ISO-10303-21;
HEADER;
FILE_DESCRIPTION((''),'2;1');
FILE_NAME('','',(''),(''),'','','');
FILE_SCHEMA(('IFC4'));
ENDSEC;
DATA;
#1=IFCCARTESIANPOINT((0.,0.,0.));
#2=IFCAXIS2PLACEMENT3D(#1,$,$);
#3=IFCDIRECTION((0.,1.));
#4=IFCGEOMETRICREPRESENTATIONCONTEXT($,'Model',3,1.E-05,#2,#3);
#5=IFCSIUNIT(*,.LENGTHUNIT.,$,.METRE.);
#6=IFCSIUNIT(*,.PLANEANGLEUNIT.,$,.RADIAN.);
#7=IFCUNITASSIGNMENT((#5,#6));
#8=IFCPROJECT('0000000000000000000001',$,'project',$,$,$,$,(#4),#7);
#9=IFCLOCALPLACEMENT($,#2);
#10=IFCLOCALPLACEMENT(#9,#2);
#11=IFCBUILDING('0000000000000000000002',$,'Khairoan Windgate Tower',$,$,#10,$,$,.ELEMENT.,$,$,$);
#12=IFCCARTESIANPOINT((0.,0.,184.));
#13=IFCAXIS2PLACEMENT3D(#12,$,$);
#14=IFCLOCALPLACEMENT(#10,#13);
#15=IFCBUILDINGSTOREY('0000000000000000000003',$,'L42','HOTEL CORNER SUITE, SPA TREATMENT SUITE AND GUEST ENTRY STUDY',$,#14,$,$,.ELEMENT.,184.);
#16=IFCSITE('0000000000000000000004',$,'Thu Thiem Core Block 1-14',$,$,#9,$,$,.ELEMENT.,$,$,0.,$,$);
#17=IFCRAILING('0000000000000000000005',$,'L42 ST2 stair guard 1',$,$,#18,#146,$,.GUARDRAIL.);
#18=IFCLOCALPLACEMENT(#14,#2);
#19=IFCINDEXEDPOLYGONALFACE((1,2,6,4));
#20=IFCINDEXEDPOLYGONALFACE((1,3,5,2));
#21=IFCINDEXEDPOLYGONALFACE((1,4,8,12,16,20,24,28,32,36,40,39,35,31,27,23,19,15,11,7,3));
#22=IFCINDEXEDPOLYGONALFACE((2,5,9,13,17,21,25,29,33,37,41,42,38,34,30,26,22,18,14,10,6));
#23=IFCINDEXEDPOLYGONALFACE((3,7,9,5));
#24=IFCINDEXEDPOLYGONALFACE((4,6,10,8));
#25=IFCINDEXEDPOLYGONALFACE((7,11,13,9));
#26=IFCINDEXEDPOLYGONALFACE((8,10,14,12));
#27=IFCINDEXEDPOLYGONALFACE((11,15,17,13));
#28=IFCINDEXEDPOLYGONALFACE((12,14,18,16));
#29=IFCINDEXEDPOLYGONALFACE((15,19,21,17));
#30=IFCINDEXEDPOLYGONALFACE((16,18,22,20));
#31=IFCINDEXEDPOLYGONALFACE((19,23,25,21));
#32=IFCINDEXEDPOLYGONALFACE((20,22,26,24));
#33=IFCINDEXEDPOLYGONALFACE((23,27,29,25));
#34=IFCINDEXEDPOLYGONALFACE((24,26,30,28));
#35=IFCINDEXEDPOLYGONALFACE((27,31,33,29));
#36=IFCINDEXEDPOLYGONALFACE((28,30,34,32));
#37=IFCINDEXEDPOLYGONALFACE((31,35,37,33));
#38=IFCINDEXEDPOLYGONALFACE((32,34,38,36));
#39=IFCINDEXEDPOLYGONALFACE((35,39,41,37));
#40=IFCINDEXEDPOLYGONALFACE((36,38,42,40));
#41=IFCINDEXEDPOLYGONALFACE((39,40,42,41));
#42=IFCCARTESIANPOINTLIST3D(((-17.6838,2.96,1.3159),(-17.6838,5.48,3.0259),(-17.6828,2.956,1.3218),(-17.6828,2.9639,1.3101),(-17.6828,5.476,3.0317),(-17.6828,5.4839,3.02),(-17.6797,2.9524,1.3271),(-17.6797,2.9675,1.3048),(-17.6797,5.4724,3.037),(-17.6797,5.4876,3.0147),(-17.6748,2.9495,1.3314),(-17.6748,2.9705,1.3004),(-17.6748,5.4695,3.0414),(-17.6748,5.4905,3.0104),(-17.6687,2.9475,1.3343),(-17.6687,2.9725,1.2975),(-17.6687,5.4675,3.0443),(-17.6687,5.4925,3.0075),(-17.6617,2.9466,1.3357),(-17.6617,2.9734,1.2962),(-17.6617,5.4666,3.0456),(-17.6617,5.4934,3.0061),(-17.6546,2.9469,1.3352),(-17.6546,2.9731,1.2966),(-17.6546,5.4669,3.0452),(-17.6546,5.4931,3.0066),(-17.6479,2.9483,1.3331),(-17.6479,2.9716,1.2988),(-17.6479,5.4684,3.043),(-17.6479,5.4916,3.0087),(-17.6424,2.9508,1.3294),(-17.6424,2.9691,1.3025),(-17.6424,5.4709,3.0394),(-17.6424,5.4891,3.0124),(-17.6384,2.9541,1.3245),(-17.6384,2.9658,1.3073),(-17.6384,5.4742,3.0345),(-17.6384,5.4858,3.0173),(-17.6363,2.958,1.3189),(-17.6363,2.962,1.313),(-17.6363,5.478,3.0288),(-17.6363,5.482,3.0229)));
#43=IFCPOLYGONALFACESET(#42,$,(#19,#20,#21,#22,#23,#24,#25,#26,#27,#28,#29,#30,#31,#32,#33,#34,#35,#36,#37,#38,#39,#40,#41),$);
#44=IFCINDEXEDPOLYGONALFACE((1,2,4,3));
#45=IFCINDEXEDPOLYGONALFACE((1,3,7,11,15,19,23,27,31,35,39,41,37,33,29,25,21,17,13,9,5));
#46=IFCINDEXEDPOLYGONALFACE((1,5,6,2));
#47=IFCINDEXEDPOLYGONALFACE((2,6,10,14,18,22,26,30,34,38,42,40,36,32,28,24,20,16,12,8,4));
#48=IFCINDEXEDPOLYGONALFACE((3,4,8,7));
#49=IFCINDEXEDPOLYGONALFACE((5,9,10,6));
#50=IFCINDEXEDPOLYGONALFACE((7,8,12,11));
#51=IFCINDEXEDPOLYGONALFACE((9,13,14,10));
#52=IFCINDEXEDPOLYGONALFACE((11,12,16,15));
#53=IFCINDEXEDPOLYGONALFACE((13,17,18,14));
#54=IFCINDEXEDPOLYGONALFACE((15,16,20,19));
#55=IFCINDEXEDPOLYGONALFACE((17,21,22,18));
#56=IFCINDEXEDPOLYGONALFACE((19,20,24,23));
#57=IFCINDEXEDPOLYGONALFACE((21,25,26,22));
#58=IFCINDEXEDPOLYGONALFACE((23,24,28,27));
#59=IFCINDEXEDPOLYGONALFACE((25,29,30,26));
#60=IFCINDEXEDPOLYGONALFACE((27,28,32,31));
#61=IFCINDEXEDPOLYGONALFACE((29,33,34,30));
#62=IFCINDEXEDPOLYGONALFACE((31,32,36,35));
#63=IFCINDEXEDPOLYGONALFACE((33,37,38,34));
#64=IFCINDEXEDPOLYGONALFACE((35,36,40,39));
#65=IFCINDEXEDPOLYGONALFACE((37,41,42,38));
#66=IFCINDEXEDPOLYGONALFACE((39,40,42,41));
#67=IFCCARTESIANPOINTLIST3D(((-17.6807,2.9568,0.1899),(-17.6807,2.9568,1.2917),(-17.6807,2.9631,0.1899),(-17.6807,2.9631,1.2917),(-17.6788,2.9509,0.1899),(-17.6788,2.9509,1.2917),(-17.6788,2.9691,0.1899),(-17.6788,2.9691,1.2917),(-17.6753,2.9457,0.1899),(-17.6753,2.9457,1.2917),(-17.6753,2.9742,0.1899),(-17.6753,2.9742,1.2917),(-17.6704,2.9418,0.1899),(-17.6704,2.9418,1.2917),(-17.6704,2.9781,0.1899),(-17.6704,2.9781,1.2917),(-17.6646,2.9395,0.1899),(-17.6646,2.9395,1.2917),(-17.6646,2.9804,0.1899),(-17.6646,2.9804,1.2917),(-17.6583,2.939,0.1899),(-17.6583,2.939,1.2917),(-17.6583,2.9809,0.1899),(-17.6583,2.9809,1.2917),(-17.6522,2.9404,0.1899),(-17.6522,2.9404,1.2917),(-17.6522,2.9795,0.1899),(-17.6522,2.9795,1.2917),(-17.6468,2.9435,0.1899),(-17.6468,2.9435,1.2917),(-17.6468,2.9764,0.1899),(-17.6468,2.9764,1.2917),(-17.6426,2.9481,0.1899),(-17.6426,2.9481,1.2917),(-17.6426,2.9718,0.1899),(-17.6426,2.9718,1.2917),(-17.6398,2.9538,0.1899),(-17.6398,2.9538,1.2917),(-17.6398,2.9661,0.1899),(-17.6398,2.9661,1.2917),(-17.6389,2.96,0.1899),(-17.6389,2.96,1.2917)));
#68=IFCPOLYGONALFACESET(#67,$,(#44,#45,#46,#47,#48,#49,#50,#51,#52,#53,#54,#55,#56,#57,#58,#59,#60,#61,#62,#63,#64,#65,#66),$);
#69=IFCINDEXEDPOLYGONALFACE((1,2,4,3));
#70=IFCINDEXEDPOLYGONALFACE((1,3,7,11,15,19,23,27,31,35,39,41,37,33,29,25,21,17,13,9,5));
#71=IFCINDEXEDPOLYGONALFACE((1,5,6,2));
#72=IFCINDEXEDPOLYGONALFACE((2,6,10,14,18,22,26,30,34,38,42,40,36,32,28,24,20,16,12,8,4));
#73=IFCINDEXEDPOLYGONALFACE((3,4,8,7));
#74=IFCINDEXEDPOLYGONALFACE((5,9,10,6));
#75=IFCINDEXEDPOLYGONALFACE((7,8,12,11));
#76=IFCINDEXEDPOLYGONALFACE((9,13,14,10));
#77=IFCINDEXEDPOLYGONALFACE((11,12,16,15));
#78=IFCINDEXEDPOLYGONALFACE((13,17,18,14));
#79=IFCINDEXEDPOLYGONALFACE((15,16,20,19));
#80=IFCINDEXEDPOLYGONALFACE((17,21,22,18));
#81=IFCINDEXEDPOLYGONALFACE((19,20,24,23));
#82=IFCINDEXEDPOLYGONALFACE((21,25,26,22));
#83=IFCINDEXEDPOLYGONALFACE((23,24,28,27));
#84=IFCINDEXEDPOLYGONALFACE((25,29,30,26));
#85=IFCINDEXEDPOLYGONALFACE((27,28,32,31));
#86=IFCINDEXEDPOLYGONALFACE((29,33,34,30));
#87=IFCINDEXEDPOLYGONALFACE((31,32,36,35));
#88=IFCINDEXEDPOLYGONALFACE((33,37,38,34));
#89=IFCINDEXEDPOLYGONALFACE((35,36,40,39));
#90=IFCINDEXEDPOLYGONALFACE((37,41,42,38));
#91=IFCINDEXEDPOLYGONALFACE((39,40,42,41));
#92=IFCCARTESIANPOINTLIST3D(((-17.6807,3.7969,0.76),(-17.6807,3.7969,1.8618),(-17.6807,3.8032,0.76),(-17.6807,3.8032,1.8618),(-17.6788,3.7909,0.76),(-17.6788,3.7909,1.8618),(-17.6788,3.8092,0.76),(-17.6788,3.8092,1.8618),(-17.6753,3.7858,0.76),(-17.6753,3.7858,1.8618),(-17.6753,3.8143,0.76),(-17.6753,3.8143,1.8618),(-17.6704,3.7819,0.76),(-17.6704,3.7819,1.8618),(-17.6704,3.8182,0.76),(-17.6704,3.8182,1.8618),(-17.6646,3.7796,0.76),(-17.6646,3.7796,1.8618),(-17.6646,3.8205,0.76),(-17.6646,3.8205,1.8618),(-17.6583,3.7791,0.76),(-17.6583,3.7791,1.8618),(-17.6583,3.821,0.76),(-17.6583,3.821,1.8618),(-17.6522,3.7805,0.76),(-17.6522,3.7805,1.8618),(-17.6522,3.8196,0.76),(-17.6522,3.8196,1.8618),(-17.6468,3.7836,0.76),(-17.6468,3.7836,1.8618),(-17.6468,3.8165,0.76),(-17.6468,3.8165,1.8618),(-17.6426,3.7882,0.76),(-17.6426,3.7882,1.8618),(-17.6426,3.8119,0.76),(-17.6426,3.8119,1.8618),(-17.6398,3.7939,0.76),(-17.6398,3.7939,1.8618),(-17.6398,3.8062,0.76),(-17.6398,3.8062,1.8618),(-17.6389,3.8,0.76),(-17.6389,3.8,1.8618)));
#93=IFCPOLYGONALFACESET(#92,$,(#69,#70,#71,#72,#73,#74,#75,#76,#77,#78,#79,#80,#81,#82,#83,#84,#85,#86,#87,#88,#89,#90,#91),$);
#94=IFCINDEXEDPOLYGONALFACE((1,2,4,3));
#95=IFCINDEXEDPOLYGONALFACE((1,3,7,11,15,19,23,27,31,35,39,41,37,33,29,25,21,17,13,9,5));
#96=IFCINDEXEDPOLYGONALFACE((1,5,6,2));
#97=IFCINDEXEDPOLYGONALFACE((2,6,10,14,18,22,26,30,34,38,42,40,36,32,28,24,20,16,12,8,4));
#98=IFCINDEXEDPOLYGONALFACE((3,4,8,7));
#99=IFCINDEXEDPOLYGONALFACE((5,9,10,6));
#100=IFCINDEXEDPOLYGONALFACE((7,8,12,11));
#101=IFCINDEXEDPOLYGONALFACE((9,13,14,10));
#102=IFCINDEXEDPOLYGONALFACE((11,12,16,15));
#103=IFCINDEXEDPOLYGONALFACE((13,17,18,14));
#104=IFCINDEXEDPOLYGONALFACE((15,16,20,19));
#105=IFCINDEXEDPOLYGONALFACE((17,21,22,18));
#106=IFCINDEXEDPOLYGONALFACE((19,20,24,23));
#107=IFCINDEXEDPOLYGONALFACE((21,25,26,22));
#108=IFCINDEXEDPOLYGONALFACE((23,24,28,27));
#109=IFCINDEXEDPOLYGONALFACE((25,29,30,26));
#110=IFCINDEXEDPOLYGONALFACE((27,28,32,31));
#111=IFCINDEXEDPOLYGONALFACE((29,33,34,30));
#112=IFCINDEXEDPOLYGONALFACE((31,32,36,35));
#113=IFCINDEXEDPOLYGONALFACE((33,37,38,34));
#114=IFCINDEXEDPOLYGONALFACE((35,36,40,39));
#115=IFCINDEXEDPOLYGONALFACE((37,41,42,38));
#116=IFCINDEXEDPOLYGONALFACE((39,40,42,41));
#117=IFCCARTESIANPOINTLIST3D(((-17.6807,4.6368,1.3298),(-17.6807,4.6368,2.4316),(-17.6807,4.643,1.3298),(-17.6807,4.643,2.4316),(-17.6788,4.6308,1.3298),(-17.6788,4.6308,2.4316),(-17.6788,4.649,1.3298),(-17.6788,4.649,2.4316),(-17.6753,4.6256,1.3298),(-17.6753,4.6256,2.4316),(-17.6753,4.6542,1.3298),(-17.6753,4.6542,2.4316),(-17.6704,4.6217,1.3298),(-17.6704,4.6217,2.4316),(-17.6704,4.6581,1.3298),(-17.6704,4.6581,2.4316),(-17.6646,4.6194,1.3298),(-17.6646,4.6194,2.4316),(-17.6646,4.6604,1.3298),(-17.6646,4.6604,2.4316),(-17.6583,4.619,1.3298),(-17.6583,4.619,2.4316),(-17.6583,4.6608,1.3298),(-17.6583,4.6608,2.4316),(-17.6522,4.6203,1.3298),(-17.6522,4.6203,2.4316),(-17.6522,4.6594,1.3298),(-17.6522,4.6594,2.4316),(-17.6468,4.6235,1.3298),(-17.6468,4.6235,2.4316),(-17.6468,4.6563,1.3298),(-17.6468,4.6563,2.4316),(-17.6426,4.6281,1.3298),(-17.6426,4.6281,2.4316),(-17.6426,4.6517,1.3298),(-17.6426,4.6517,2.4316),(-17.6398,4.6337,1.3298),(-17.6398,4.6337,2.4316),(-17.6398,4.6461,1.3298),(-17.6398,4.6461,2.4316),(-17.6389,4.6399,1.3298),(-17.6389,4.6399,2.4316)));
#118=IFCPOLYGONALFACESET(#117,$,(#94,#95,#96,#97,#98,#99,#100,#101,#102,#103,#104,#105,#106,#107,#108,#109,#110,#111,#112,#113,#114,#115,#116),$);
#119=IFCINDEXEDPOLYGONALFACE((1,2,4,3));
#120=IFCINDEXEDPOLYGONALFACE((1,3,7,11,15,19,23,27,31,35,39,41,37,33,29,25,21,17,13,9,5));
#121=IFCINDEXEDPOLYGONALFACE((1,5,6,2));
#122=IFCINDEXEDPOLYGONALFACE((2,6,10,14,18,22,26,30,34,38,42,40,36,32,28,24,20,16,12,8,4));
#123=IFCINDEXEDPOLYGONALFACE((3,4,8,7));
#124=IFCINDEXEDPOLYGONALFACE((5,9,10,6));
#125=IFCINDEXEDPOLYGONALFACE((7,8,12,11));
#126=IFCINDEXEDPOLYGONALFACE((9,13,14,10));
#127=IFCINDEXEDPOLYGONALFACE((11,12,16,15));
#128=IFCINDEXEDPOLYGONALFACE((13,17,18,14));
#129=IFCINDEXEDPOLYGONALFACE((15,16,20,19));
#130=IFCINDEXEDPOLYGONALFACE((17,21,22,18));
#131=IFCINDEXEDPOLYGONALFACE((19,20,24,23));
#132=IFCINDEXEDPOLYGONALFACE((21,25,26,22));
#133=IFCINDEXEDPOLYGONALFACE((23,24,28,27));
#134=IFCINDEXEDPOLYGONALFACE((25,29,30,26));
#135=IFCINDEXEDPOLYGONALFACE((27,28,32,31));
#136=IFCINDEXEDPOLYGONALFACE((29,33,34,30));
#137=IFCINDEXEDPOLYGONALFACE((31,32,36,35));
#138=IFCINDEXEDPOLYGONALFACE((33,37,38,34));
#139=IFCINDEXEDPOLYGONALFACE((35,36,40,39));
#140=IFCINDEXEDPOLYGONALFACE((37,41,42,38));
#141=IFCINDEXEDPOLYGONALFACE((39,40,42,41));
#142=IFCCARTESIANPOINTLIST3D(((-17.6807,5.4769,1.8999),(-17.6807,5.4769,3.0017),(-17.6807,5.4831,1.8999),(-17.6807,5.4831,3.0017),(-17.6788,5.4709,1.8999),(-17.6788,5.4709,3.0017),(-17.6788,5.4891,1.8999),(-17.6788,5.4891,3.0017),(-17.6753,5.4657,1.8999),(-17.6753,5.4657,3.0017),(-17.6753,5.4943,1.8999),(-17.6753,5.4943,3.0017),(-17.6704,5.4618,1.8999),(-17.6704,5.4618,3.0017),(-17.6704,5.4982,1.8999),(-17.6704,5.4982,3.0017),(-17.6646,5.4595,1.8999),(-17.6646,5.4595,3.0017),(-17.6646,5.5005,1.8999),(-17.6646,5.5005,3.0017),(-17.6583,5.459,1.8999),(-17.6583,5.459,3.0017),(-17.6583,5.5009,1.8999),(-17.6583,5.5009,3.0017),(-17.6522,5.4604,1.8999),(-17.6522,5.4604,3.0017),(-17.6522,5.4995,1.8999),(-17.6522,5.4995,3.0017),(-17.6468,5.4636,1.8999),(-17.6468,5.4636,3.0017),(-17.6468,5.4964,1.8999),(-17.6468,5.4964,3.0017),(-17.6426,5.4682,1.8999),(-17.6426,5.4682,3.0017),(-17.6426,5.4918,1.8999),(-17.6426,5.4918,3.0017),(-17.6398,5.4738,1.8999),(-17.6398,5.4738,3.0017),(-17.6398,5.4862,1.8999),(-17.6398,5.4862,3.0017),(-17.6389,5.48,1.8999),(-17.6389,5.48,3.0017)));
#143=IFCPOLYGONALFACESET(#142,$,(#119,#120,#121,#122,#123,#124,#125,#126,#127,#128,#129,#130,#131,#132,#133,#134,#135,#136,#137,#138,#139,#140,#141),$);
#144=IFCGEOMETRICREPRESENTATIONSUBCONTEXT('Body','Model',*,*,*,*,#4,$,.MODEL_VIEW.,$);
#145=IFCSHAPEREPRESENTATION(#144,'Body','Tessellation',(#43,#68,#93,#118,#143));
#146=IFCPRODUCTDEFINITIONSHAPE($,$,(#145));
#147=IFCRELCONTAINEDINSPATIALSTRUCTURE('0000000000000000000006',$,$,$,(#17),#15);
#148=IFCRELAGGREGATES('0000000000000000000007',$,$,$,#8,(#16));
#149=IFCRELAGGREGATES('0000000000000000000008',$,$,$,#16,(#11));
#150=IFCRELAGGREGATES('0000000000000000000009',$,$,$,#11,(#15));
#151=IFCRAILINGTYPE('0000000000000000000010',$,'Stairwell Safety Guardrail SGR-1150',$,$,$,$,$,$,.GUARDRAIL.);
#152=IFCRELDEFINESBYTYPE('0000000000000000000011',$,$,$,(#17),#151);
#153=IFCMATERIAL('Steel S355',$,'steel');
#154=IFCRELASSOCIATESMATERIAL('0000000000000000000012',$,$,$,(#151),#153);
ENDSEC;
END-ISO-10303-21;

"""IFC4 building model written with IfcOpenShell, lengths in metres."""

from ifc_helpers import new_model, si_unit, direction, frame, origin, origin_2d, place, context, subcontext, project, spatial, circle, extrude, material, type_object, element, save


model = new_model("IFC4")

# Units and contexts
model_context = context("Model", 3, precision=1e-05, world=origin(), true_north=direction((0.0, 1.0)))
body_context = subcontext(model_context, "Body", "Model", "MODEL_VIEW")
ifc_project = project(units=[si_unit("LENGTHUNIT", "METRE"), si_unit("PLANEANGLEUNIT", "RADIAN")], contexts=[model_context])

# Site, building, storey
site_placement = place(None, origin())
site = spatial("IfcSite", under=ifc_project, at=site_placement, Name="Thu Thiem Core Block 1-14", CompositionType="ELEMENT", RefElevation=0.0)
building_placement = place(site_placement, origin())
building = spatial("IfcBuilding", under=site, at=building_placement, Name="Khairoan Windgate Tower", CompositionType="ELEMENT")
storey_placement = place(building_placement, frame((0.0, 0.0, 184.0)))
storey = spatial("IfcBuildingStorey", under=building, at=storey_placement, Name="L42", Description="HOTEL CORNER SUITE, SPA TREATMENT SUITE AND GUEST ENTRY STUDY", CompositionType="ELEMENT", Elevation=184.0)

# Railing
ifc_material_1 = material(Name="Steel S355", Category="steel")
railing_type_1 = type_object("IfcRailingType", Name="Stairwell Safety Guardrail SGR-1150", PredefinedType="GUARDRAIL", material=ifc_material_1)
railing_1_placement = place(storey_placement, frame((-17.6599, 2.96, 0.1899)))
element("IfcRailing", 1, at=railing_1_placement, inside=storey, type_object=railing_type_1, Name="L42 ST2 stair guard 1", PredefinedType="GUARDRAIL", context=body_context, shape_type="SweptSolid", body=[
    extrude(circle(Radius=0.0239, at=origin_2d()), frame((0.0, 0.0, 1.126), z_axis=(0.0, 0.827484, 0.56149), x_axis=(-1.0, 0.0, 0.0)), (0.0, 0.0, 1.0), 3.0454),
    extrude(circle(Radius=0.021, at=origin_2d()), origin(), (0.0, 0.0, 1.0), 1.1018),
    extrude(circle(Radius=0.021, at=origin_2d()), frame((0.0, 0.8401, 0.5701)), (0.0, 0.0, 1.0), 1.1018),
    extrude(circle(Radius=0.021, at=origin_2d()), frame((0.0, 1.6799, 1.1399)), (0.0, 0.0, 1.0), 1.1018),
    extrude(circle(Radius=0.021, at=origin_2d()), frame((0.0, 2.52, 1.71)), (0.0, 0.0, 1.0), 1.1018),
])

save(model, "model.ifc")
